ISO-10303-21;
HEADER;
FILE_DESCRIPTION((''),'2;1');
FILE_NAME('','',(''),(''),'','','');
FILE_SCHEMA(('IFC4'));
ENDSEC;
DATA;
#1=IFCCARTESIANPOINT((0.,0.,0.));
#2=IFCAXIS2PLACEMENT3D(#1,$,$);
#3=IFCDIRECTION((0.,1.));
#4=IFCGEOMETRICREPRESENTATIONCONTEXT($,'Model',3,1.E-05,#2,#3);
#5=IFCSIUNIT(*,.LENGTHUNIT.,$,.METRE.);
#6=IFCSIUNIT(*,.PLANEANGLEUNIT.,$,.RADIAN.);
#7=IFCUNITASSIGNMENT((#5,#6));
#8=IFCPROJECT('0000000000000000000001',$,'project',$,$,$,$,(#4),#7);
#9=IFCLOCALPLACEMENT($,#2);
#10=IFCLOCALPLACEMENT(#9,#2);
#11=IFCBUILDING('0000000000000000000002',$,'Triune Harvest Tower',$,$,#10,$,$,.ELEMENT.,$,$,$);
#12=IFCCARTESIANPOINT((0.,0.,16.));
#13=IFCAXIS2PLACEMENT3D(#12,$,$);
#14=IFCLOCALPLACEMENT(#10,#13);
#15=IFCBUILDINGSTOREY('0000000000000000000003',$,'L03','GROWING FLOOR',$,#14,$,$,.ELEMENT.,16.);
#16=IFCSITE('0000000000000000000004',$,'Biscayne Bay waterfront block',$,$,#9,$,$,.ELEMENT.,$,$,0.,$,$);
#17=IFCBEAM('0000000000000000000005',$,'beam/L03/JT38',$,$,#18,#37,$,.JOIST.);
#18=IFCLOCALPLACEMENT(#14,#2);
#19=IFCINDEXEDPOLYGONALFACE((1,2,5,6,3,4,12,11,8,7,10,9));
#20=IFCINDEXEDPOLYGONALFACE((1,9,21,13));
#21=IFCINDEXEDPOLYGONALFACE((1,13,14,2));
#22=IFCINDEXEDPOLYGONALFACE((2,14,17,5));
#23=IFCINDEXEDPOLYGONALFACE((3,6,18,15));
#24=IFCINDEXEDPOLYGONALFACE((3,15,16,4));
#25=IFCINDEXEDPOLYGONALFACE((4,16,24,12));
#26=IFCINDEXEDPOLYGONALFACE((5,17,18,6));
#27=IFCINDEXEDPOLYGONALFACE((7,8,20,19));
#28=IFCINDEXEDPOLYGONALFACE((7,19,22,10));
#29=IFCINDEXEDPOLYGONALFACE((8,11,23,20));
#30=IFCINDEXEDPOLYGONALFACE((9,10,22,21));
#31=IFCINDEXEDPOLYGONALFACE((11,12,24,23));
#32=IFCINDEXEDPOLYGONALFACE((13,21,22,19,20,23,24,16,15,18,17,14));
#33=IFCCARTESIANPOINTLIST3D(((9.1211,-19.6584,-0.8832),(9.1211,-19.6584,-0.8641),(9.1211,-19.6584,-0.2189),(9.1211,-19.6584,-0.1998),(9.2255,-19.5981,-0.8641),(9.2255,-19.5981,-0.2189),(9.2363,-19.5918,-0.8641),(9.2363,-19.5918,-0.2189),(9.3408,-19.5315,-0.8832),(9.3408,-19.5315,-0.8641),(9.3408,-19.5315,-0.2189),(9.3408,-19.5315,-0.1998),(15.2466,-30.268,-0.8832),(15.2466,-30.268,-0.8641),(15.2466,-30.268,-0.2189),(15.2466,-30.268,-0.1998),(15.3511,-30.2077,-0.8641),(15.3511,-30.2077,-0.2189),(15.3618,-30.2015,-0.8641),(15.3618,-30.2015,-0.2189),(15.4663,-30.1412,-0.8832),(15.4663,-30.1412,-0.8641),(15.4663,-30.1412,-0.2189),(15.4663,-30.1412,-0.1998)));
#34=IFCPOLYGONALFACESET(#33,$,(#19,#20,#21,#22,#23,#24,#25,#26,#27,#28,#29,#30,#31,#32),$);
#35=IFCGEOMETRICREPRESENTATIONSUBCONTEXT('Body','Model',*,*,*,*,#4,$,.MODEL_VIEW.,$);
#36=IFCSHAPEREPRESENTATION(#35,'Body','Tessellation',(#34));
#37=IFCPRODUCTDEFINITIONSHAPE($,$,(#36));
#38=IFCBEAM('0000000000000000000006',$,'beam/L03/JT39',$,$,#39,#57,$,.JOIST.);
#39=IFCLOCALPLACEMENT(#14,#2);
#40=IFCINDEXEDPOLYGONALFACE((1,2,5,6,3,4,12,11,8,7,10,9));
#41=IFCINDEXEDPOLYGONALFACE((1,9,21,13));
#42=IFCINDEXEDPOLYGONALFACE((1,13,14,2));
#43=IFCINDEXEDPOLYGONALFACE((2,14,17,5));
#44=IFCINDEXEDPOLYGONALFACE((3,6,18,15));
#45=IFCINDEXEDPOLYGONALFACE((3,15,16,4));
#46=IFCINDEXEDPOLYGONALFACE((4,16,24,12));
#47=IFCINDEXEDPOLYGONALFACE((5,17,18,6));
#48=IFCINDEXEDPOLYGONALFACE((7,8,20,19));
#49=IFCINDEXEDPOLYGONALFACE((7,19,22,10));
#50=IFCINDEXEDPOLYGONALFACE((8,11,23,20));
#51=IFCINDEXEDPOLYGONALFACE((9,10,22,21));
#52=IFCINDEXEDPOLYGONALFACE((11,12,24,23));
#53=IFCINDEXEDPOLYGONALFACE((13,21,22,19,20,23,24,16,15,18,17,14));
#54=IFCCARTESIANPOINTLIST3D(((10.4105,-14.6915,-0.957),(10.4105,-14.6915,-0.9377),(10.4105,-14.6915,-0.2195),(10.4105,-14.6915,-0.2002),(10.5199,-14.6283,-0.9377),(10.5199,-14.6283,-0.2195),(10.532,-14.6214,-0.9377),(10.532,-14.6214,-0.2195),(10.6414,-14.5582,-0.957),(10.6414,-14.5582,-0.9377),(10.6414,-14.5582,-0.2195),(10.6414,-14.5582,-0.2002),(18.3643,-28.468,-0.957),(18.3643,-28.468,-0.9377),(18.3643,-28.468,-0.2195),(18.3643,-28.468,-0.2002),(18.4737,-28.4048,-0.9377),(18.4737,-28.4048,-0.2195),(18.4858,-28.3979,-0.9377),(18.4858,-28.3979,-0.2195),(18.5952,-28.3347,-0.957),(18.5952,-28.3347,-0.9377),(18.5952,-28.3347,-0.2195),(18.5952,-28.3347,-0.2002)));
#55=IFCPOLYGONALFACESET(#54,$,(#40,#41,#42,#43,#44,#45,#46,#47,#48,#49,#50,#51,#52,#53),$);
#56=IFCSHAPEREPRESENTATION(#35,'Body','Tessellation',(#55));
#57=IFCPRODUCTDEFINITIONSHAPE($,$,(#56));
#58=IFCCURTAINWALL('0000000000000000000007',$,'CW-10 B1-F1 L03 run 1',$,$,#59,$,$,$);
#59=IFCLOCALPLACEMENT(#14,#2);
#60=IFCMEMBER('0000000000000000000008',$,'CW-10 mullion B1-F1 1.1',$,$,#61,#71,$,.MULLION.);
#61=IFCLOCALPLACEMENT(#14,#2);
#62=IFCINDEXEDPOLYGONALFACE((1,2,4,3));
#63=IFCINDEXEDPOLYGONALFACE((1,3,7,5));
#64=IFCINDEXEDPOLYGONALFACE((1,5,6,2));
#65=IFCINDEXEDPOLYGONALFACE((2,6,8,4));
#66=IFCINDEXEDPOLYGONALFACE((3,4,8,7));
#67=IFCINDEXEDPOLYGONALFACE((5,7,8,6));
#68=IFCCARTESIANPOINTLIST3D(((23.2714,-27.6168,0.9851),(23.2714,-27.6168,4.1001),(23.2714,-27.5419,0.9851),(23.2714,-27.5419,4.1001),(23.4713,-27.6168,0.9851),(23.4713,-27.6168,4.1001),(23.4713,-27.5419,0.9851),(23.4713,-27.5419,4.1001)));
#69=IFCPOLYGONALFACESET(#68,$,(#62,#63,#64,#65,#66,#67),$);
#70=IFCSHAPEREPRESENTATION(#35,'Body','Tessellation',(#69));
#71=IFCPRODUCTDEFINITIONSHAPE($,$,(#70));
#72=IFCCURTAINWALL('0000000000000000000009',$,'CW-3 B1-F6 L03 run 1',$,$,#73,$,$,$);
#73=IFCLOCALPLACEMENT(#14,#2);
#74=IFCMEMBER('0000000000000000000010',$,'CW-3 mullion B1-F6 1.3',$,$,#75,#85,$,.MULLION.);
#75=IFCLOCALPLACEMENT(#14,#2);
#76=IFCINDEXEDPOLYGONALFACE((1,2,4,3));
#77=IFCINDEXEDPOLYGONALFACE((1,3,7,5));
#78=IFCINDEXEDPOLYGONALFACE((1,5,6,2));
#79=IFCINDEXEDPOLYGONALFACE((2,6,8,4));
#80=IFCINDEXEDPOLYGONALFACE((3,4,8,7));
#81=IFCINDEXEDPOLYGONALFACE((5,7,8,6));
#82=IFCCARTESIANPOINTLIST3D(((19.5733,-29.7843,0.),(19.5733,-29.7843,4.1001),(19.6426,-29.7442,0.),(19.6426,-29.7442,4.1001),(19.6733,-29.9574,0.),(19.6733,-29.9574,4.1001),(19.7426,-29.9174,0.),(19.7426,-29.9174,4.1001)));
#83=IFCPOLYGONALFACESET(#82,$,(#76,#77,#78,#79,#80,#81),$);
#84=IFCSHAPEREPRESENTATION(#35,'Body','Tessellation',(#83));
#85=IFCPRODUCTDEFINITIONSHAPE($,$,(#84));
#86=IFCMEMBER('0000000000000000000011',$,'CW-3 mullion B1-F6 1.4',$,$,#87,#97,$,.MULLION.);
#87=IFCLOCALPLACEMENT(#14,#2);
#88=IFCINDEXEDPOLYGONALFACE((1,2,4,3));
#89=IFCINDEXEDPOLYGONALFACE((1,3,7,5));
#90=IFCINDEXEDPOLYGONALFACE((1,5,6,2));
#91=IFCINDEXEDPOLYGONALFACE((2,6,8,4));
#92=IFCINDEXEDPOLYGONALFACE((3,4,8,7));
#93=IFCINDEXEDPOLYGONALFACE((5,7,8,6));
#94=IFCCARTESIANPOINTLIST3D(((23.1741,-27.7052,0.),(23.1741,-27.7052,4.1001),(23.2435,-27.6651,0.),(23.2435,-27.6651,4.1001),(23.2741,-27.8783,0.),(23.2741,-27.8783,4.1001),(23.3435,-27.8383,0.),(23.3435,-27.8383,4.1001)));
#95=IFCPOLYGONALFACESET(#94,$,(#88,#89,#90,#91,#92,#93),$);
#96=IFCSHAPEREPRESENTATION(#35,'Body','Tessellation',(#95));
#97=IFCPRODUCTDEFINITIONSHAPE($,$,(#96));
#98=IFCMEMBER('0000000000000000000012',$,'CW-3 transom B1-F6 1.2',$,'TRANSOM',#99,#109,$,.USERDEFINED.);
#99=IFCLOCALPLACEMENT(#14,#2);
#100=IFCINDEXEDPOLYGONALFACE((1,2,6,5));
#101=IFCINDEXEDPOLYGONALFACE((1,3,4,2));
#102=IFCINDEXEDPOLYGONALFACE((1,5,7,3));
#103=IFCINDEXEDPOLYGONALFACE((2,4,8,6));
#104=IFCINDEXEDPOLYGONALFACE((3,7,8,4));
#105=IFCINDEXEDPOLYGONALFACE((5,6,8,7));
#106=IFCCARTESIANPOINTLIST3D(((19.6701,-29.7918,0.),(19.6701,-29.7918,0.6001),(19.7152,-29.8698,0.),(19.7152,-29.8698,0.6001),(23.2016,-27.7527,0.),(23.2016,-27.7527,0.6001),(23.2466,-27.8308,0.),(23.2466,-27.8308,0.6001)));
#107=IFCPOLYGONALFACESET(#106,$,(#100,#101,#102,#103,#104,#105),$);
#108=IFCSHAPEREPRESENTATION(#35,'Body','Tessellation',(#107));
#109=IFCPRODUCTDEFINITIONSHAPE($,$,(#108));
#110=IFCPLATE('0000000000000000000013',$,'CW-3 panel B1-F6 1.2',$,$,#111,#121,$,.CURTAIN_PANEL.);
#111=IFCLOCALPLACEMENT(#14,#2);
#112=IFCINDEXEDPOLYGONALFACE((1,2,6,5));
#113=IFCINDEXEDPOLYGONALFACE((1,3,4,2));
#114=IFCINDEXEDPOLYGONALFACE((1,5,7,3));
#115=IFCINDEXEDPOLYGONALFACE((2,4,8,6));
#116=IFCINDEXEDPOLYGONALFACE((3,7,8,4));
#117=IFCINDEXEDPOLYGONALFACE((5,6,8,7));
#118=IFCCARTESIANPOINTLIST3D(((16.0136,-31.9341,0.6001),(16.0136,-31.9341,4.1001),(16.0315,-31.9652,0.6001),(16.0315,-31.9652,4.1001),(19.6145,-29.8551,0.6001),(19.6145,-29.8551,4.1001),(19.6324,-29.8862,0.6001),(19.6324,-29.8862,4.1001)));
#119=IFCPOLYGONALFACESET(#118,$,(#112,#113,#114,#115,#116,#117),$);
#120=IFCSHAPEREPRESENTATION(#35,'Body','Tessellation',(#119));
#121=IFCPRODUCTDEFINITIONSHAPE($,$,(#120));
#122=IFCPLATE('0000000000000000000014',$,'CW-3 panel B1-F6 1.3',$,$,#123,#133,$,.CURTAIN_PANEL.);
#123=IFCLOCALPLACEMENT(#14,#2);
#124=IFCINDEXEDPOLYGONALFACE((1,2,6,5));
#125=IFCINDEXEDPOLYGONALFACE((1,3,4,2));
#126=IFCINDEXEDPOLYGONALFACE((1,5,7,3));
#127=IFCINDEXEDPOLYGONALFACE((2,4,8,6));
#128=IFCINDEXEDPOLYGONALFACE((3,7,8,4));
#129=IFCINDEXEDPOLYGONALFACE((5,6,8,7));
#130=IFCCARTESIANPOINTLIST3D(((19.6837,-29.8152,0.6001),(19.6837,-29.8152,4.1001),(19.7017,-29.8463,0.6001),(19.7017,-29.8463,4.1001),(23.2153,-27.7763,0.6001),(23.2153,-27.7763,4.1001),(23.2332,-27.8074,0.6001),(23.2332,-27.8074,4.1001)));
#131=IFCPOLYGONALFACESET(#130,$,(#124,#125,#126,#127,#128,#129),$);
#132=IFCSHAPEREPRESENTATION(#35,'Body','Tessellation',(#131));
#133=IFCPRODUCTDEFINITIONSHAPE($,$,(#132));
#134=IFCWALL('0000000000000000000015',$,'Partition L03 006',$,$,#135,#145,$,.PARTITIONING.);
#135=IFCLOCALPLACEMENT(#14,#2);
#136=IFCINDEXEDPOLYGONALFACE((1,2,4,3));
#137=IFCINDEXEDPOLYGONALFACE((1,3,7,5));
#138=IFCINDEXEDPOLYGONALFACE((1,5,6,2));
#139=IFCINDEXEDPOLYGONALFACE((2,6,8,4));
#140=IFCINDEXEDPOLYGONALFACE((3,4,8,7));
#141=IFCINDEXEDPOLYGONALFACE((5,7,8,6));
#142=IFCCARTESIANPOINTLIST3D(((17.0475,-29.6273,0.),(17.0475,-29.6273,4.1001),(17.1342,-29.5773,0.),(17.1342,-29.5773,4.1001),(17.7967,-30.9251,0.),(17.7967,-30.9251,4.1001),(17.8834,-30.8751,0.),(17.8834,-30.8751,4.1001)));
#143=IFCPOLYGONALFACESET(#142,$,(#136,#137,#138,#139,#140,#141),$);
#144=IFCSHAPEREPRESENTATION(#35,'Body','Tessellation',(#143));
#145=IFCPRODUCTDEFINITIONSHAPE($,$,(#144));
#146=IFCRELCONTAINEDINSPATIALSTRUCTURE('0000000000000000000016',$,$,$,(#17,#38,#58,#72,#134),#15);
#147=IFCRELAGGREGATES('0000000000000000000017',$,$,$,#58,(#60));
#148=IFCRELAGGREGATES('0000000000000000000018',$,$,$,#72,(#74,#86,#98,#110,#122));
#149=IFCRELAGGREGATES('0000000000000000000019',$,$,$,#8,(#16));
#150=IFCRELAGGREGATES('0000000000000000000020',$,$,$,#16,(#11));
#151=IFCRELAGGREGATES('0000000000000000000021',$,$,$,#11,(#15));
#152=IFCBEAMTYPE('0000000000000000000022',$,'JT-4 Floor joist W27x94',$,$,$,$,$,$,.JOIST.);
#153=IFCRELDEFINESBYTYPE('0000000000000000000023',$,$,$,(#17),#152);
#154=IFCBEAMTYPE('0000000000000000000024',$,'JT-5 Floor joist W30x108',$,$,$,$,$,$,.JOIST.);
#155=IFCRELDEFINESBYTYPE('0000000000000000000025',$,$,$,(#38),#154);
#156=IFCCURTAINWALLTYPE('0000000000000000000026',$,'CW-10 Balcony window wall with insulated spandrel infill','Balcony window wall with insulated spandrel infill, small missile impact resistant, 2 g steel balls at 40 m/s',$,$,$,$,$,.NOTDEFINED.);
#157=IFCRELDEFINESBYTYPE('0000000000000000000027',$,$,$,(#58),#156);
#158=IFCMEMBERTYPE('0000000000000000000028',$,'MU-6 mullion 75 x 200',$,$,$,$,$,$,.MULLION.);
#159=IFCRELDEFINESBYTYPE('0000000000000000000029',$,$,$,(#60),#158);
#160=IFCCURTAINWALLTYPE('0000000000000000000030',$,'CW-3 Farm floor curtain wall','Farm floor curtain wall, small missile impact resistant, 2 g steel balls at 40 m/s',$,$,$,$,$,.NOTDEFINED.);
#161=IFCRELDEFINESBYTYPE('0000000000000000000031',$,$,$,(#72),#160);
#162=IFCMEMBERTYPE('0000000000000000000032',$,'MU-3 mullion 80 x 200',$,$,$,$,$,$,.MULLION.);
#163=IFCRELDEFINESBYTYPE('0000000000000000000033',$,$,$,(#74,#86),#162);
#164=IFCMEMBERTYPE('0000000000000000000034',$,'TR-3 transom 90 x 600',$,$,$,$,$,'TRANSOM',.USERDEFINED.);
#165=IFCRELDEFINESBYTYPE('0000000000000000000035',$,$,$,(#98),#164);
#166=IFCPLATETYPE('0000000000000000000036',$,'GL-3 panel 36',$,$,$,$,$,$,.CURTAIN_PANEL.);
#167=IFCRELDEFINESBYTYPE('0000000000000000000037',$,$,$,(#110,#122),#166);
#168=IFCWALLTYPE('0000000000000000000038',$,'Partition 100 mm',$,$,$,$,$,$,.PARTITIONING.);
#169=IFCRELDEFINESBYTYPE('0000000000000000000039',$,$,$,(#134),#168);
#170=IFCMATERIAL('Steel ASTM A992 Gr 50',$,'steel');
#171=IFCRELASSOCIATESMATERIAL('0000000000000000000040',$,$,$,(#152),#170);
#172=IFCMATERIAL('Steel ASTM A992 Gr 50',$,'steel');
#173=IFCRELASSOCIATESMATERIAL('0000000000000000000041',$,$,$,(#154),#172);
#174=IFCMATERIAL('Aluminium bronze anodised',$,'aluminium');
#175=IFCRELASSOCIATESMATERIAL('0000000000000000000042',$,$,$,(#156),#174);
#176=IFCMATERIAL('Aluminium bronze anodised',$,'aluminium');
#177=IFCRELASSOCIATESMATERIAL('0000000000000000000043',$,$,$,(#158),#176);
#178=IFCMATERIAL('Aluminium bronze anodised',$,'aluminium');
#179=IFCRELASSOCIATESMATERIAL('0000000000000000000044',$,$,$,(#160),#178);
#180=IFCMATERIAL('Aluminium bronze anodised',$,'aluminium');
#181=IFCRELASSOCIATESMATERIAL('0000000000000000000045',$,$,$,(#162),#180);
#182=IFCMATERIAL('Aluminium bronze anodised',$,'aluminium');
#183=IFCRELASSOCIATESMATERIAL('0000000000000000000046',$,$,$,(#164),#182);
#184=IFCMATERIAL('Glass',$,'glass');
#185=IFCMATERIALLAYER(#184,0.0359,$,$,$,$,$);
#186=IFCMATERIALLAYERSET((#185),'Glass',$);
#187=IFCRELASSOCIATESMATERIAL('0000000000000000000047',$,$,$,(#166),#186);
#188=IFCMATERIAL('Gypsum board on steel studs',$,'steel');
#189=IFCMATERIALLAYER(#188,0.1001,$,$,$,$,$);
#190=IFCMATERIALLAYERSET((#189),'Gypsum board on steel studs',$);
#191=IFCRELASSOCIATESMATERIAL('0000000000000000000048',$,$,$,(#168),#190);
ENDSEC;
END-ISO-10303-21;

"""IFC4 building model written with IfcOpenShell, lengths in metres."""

from ifc_helpers import new_model, si_unit, direction, frame, frame_2d, origin, origin_2d, place, context, subcontext, project, spatial, rectangle, i_section, extrude, source, transform, mapped, material, layer, layer_set, material_profile, profile_set, type_object, element, aggregate, save


model = new_model("IFC4")

# Units and contexts
model_context = context("Model", 3, precision=1e-05, world=origin(), true_north=direction((0.0, 1.0)))
body_context = subcontext(model_context, "Body", "Model", "MODEL_VIEW")
ifc_project = project(units=[si_unit("LENGTHUNIT", "METRE"), si_unit("PLANEANGLEUNIT", "RADIAN")], contexts=[model_context])

# Site, building, storey
site_placement = place(None, origin())
site = spatial("IfcSite", under=ifc_project, at=site_placement, Name="Biscayne Bay waterfront block", CompositionType="ELEMENT", RefElevation=0.0)
building_placement = place(site_placement, origin())
building = spatial("IfcBuilding", under=site, at=building_placement, Name="Triune Harvest Tower", CompositionType="ELEMENT")
storey_placement = place(building_placement, frame((0.0, 0.0, 16.0)))
storey = spatial("IfcBuildingStorey", under=building, at=storey_placement, Name="L03", Description="GROWING FLOOR", CompositionType="ELEMENT", Elevation=16.0)

# Beams
ifc_material_1 = material(Name="Steel ASTM A992 Gr 50", Category="steel")
ifc_material_profile_1 = material_profile(ifc_material_1, i_section(OverallWidth=0.2537, OverallDepth=0.6833, WebThickness=0.0125, FlangeThickness=0.019, at=origin_2d()), Name="W27x94")
ifc_profile_set_1 = profile_set([ifc_material_profile_1], Name="Steel ASTM A992 Gr 50")
beam_type_1 = type_object("IfcBeamType", Name="JT-4 Floor joist W27x94", PredefinedType="JOIST", material=ifc_profile_set_1)
shared_shape_1 = source(origin(), body_context, "Body", "SweptSolid", [
    extrude(i_section(OverallWidth=0.2537, OverallDepth=0.6833, WebThickness=0.0125, FlangeThickness=0.019, at=origin_2d()), origin(), (0.0, 0.0, 1.0), 12.251),
])
beam_1_placement = place(storey_placement, frame((15.3564, -30.2046, -0.5415), z_axis=(-0.500001, 0.866025, 0.0), x_axis=(-0.866025, -0.500001, 0.0)))
element("IfcBeam", 1, at=beam_1_placement, inside=storey, type_object=beam_type_1, Name="beam/L03/JT38", PredefinedType="JOIST", context=body_context, shape_type="MappedRepresentation", body=[
    mapped(shared_shape_1, transform((0.0, 0.0, 0.0), scale=1.0)),
])
ifc_material_2 = material(Name="Steel ASTM A992 Gr 50", Category="steel")
ifc_material_profile_2 = material_profile(ifc_material_2, i_section(OverallWidth=0.2666, OverallDepth=0.7568, WebThickness=0.0139, FlangeThickness=0.0193, at=origin_2d()), Name="W30x108")
ifc_profile_set_2 = profile_set([ifc_material_profile_2], Name="Steel ASTM A992 Gr 50")
beam_type_2 = type_object("IfcBeamType", Name="JT-5 Floor joist W30x108", PredefinedType="JOIST", material=ifc_profile_set_2)
shared_shape_2 = source(origin(), body_context, "Body", "SweptSolid", [
    extrude(i_section(OverallWidth=0.2666, OverallDepth=0.7568, WebThickness=0.0139, FlangeThickness=0.0193, at=origin_2d()), origin(), (0.0, 0.0, 1.0), 15.9077),
])
beam_2_placement = place(storey_placement, frame((18.4797, -28.4014, -0.5786), z_axis=(-0.499997, 0.866027, 0.0), x_axis=(-0.866027, -0.499997, 0.0)))
element("IfcBeam", 2, at=beam_2_placement, inside=storey, type_object=beam_type_2, Name="beam/L03/JT39", PredefinedType="JOIST", context=body_context, shape_type="MappedRepresentation", body=[
    mapped(shared_shape_2, transform((0.0, 0.0, 0.0), scale=1.0)),
])

# Curtain wall, member
ifc_material_3 = material(Name="Aluminium bronze anodised", Category="aluminium")
curtain_wall_type_1 = type_object("IfcCurtainWallType", Name="CW-10 Balcony window wall with insulated spandrel infill", Description="Balcony window wall with insulated spandrel infill, small missile impact resistant, 2 g steel balls at 40 m/s", PredefinedType="NOTDEFINED", material=ifc_material_3)
curtain_wall_1_placement = place(storey_placement, origin())
curtain_wall_1 = element("IfcCurtainWall", 3, at=curtain_wall_1_placement, inside=storey, type_object=curtain_wall_type_1, Name="CW-10 B1-F1 L03 run 1")
ifc_material_4 = material(Name="Aluminium bronze anodised", Category="aluminium")
ifc_material_profile_3 = material_profile(ifc_material_4, rectangle(XDim=0.2, YDim=0.075, at=origin_2d()), Name="MU-6 mullion 75 x 200")
ifc_profile_set_3 = profile_set([ifc_material_profile_3], Name="Aluminium bronze anodised")
member_type_1 = type_object("IfcMemberType", Name="MU-6 mullion 75 x 200", PredefinedType="MULLION", material=ifc_profile_set_3)
shared_shape_3 = source(origin(), body_context, "Body", "SweptSolid", [
    extrude(rectangle(XDim=0.2, YDim=0.075, at=origin_2d()), origin(), (0.0, 0.0, 1.0), 3.115),
])
member_1_placement = place(storey_placement, frame((23.3713, -27.5793, 0.9851), z_axis=(0.0, 0.0, 1.0), x_axis=(-1.0, 0.0, 0.0)))
member_1 = element("IfcMember", 4, at=member_1_placement, type_object=member_type_1, Name="CW-10 mullion B1-F1 1.1", PredefinedType="MULLION", context=body_context, shape_type="MappedRepresentation", body=[
    mapped(shared_shape_3, transform((0.0, 0.0, 0.0), scale=1.0)),
])
aggregate(curtain_wall_1, [member_1])

# Curtain wall, members, plates
ifc_material_5 = material(Name="Aluminium bronze anodised", Category="aluminium")
curtain_wall_type_2 = type_object("IfcCurtainWallType", Name="CW-3 Farm floor curtain wall", Description="Farm floor curtain wall, small missile impact resistant, 2 g steel balls at 40 m/s", PredefinedType="NOTDEFINED", material=ifc_material_5)
curtain_wall_2_placement = place(storey_placement, origin())
curtain_wall_2 = element("IfcCurtainWall", 5, at=curtain_wall_2_placement, inside=storey, type_object=curtain_wall_type_2, Name="CW-3 B1-F6 L03 run 1")
ifc_material_6 = material(Name="Aluminium bronze anodised", Category="aluminium")
ifc_material_profile_4 = material_profile(ifc_material_6, rectangle(XDim=0.2, YDim=0.0801, at=origin_2d()), Name="MU-3 mullion 80 x 200")
ifc_profile_set_4 = profile_set([ifc_material_profile_4], Name="Aluminium bronze anodised")
member_type_2 = type_object("IfcMemberType", Name="MU-3 mullion 80 x 200", PredefinedType="MULLION", material=ifc_profile_set_4)
shared_shape_4 = source(origin(), body_context, "Body", "SweptSolid", [
    extrude(rectangle(XDim=0.2, YDim=0.0801, at=origin_2d()), origin(), (0.0, 0.0, 1.0), 4.1001),
])
member_2_placement = place(storey_placement, frame((19.658, -29.8508, 0.0), z_axis=(0.0, 0.0, 1.0), x_axis=(-0.499999, 0.866026, 0.0)))
member_2 = element("IfcMember", 6, at=member_2_placement, type_object=member_type_2, Name="CW-3 mullion B1-F6 1.3", PredefinedType="MULLION", context=body_context, shape_type="MappedRepresentation", body=[
    mapped(shared_shape_4, transform((0.0, 0.0, 0.0), scale=1.0)),
])
member_3_placement = place(storey_placement, frame((23.2588, -27.7717, 0.0), z_axis=(0.0, 0.0, 1.0), x_axis=(-0.499999, 0.866026, 0.0)))
member_3 = element("IfcMember", 7, at=member_3_placement, type_object=member_type_2, Name="CW-3 mullion B1-F6 1.4", PredefinedType="MULLION", context=body_context, shape_type="MappedRepresentation", body=[
    mapped(shared_shape_4, transform((0.0, 0.0, 0.0), scale=1.0)),
])
ifc_material_7 = material(Name="Aluminium bronze anodised", Category="aluminium")
ifc_material_profile_5 = material_profile(ifc_material_7, rectangle(XDim=0.0901, YDim=0.6001, at=origin_2d()), Name="TR-3 transom 90 x 600")
ifc_profile_set_5 = profile_set([ifc_material_profile_5], Name="Aluminium bronze anodised")
member_type_3 = type_object("IfcMemberType", Name="TR-3 transom 90 x 600", ElementType="TRANSOM", PredefinedType="USERDEFINED", material=ifc_profile_set_5)
shared_shape_5 = source(origin(), body_context, "Body", "SweptSolid", [
    extrude(rectangle(XDim=0.0901, YDim=0.6001, at=origin_2d()), origin(), (0.0, 0.0, 1.0), 4.0779),
])
member_4_placement = place(storey_placement, frame((19.6926, -29.8308, 0.3), z_axis=(0.866009, 0.500028, 0.0), x_axis=(-0.500028, 0.866009, 0.0)))
member_4 = element("IfcMember", 8, at=member_4_placement, type_object=member_type_3, Name="CW-3 transom B1-F6 1.2", ObjectType="TRANSOM", PredefinedType="USERDEFINED", context=body_context, shape_type="MappedRepresentation", body=[
    mapped(shared_shape_5, transform((0.0, 0.0, 0.0), scale=1.0)),
])
ifc_material_8 = material(Name="Glass", Category="glass")
ifc_layer_1 = layer(ifc_material_8, 0.0359)
ifc_layer_set_1 = layer_set([ifc_layer_1], Name="Glass")
plate_type = type_object("IfcPlateType", Name="GL-3 panel 36", PredefinedType="CURTAIN_PANEL", material=ifc_layer_set_1)
shared_shape_6 = source(origin(), body_context, "Body", "SweptSolid", [
    extrude(rectangle(XDim=4.158, YDim=0.0359, at=origin_2d()), origin(), (0.0, 0.0, 1.0), 3.5),
])
plate_1_placement = place(storey_placement, frame((17.823, -30.9102, 0.6001), z_axis=(0.0, 0.0, 1.0), x_axis=(0.866026, 0.499999, 0.0)))
plate_1 = element("IfcPlate", 9, at=plate_1_placement, type_object=plate_type, Name="CW-3 panel B1-F6 1.2", PredefinedType="CURTAIN_PANEL", context=body_context, shape_type="MappedRepresentation", body=[
    mapped(shared_shape_6, transform((0.0, 0.0, 0.0), scale=1.0)),
])
shared_shape_7 = source(origin(), body_context, "Body", "SweptSolid", [
    extrude(rectangle(XDim=4.0779, YDim=0.0359, at=origin_2d()), origin(), (0.0, 0.0, 1.0), 3.5),
])
plate_2_placement = place(storey_placement, frame((21.4585, -28.8113, 0.6001), z_axis=(0.0, 0.0, 1.0), x_axis=(0.866026, 0.499999, 0.0)))
plate_2 = element("IfcPlate", 10, at=plate_2_placement, type_object=plate_type, Name="CW-3 panel B1-F6 1.3", PredefinedType="CURTAIN_PANEL", context=body_context, shape_type="MappedRepresentation", body=[
    mapped(shared_shape_7, transform((0.0, 0.0, 0.0), scale=1.0)),
])
aggregate(curtain_wall_2, [member_2, member_3, member_4, plate_1, plate_2])

# Wall
ifc_material_9 = material(Name="Gypsum board on steel studs", Category="steel")
ifc_layer_2 = layer(ifc_material_9, 0.1001)
ifc_layer_set_2 = layer_set([ifc_layer_2], Name="Gypsum board on steel studs")
wall_type = type_object("IfcWallType", Name="Partition 100 mm", PredefinedType="PARTITIONING", material=ifc_layer_set_2)
shared_shape_8 = source(origin(), body_context, "Body", "SweptSolid", [
    extrude(rectangle(XDim=1.4985, YDim=0.1001, at=frame_2d((0.7493, 0.0))), origin(), (0.0, 0.0, 1.0), 4.1001),
])
wall_placement = place(storey_placement, frame((17.0908, -29.6023, 0.0), z_axis=(0.0, 0.0, 1.0), x_axis=(0.499976, -0.866039, 0.0)))
element("IfcWall", 11, at=wall_placement, inside=storey, type_object=wall_type, Name="Partition L03 006", PredefinedType="PARTITIONING", context=body_context, shape_type="MappedRepresentation", body=[
    mapped(shared_shape_8, transform((0.0, 0.0, 0.0), scale=1.0)),
])

save(model, "model.ifc")
